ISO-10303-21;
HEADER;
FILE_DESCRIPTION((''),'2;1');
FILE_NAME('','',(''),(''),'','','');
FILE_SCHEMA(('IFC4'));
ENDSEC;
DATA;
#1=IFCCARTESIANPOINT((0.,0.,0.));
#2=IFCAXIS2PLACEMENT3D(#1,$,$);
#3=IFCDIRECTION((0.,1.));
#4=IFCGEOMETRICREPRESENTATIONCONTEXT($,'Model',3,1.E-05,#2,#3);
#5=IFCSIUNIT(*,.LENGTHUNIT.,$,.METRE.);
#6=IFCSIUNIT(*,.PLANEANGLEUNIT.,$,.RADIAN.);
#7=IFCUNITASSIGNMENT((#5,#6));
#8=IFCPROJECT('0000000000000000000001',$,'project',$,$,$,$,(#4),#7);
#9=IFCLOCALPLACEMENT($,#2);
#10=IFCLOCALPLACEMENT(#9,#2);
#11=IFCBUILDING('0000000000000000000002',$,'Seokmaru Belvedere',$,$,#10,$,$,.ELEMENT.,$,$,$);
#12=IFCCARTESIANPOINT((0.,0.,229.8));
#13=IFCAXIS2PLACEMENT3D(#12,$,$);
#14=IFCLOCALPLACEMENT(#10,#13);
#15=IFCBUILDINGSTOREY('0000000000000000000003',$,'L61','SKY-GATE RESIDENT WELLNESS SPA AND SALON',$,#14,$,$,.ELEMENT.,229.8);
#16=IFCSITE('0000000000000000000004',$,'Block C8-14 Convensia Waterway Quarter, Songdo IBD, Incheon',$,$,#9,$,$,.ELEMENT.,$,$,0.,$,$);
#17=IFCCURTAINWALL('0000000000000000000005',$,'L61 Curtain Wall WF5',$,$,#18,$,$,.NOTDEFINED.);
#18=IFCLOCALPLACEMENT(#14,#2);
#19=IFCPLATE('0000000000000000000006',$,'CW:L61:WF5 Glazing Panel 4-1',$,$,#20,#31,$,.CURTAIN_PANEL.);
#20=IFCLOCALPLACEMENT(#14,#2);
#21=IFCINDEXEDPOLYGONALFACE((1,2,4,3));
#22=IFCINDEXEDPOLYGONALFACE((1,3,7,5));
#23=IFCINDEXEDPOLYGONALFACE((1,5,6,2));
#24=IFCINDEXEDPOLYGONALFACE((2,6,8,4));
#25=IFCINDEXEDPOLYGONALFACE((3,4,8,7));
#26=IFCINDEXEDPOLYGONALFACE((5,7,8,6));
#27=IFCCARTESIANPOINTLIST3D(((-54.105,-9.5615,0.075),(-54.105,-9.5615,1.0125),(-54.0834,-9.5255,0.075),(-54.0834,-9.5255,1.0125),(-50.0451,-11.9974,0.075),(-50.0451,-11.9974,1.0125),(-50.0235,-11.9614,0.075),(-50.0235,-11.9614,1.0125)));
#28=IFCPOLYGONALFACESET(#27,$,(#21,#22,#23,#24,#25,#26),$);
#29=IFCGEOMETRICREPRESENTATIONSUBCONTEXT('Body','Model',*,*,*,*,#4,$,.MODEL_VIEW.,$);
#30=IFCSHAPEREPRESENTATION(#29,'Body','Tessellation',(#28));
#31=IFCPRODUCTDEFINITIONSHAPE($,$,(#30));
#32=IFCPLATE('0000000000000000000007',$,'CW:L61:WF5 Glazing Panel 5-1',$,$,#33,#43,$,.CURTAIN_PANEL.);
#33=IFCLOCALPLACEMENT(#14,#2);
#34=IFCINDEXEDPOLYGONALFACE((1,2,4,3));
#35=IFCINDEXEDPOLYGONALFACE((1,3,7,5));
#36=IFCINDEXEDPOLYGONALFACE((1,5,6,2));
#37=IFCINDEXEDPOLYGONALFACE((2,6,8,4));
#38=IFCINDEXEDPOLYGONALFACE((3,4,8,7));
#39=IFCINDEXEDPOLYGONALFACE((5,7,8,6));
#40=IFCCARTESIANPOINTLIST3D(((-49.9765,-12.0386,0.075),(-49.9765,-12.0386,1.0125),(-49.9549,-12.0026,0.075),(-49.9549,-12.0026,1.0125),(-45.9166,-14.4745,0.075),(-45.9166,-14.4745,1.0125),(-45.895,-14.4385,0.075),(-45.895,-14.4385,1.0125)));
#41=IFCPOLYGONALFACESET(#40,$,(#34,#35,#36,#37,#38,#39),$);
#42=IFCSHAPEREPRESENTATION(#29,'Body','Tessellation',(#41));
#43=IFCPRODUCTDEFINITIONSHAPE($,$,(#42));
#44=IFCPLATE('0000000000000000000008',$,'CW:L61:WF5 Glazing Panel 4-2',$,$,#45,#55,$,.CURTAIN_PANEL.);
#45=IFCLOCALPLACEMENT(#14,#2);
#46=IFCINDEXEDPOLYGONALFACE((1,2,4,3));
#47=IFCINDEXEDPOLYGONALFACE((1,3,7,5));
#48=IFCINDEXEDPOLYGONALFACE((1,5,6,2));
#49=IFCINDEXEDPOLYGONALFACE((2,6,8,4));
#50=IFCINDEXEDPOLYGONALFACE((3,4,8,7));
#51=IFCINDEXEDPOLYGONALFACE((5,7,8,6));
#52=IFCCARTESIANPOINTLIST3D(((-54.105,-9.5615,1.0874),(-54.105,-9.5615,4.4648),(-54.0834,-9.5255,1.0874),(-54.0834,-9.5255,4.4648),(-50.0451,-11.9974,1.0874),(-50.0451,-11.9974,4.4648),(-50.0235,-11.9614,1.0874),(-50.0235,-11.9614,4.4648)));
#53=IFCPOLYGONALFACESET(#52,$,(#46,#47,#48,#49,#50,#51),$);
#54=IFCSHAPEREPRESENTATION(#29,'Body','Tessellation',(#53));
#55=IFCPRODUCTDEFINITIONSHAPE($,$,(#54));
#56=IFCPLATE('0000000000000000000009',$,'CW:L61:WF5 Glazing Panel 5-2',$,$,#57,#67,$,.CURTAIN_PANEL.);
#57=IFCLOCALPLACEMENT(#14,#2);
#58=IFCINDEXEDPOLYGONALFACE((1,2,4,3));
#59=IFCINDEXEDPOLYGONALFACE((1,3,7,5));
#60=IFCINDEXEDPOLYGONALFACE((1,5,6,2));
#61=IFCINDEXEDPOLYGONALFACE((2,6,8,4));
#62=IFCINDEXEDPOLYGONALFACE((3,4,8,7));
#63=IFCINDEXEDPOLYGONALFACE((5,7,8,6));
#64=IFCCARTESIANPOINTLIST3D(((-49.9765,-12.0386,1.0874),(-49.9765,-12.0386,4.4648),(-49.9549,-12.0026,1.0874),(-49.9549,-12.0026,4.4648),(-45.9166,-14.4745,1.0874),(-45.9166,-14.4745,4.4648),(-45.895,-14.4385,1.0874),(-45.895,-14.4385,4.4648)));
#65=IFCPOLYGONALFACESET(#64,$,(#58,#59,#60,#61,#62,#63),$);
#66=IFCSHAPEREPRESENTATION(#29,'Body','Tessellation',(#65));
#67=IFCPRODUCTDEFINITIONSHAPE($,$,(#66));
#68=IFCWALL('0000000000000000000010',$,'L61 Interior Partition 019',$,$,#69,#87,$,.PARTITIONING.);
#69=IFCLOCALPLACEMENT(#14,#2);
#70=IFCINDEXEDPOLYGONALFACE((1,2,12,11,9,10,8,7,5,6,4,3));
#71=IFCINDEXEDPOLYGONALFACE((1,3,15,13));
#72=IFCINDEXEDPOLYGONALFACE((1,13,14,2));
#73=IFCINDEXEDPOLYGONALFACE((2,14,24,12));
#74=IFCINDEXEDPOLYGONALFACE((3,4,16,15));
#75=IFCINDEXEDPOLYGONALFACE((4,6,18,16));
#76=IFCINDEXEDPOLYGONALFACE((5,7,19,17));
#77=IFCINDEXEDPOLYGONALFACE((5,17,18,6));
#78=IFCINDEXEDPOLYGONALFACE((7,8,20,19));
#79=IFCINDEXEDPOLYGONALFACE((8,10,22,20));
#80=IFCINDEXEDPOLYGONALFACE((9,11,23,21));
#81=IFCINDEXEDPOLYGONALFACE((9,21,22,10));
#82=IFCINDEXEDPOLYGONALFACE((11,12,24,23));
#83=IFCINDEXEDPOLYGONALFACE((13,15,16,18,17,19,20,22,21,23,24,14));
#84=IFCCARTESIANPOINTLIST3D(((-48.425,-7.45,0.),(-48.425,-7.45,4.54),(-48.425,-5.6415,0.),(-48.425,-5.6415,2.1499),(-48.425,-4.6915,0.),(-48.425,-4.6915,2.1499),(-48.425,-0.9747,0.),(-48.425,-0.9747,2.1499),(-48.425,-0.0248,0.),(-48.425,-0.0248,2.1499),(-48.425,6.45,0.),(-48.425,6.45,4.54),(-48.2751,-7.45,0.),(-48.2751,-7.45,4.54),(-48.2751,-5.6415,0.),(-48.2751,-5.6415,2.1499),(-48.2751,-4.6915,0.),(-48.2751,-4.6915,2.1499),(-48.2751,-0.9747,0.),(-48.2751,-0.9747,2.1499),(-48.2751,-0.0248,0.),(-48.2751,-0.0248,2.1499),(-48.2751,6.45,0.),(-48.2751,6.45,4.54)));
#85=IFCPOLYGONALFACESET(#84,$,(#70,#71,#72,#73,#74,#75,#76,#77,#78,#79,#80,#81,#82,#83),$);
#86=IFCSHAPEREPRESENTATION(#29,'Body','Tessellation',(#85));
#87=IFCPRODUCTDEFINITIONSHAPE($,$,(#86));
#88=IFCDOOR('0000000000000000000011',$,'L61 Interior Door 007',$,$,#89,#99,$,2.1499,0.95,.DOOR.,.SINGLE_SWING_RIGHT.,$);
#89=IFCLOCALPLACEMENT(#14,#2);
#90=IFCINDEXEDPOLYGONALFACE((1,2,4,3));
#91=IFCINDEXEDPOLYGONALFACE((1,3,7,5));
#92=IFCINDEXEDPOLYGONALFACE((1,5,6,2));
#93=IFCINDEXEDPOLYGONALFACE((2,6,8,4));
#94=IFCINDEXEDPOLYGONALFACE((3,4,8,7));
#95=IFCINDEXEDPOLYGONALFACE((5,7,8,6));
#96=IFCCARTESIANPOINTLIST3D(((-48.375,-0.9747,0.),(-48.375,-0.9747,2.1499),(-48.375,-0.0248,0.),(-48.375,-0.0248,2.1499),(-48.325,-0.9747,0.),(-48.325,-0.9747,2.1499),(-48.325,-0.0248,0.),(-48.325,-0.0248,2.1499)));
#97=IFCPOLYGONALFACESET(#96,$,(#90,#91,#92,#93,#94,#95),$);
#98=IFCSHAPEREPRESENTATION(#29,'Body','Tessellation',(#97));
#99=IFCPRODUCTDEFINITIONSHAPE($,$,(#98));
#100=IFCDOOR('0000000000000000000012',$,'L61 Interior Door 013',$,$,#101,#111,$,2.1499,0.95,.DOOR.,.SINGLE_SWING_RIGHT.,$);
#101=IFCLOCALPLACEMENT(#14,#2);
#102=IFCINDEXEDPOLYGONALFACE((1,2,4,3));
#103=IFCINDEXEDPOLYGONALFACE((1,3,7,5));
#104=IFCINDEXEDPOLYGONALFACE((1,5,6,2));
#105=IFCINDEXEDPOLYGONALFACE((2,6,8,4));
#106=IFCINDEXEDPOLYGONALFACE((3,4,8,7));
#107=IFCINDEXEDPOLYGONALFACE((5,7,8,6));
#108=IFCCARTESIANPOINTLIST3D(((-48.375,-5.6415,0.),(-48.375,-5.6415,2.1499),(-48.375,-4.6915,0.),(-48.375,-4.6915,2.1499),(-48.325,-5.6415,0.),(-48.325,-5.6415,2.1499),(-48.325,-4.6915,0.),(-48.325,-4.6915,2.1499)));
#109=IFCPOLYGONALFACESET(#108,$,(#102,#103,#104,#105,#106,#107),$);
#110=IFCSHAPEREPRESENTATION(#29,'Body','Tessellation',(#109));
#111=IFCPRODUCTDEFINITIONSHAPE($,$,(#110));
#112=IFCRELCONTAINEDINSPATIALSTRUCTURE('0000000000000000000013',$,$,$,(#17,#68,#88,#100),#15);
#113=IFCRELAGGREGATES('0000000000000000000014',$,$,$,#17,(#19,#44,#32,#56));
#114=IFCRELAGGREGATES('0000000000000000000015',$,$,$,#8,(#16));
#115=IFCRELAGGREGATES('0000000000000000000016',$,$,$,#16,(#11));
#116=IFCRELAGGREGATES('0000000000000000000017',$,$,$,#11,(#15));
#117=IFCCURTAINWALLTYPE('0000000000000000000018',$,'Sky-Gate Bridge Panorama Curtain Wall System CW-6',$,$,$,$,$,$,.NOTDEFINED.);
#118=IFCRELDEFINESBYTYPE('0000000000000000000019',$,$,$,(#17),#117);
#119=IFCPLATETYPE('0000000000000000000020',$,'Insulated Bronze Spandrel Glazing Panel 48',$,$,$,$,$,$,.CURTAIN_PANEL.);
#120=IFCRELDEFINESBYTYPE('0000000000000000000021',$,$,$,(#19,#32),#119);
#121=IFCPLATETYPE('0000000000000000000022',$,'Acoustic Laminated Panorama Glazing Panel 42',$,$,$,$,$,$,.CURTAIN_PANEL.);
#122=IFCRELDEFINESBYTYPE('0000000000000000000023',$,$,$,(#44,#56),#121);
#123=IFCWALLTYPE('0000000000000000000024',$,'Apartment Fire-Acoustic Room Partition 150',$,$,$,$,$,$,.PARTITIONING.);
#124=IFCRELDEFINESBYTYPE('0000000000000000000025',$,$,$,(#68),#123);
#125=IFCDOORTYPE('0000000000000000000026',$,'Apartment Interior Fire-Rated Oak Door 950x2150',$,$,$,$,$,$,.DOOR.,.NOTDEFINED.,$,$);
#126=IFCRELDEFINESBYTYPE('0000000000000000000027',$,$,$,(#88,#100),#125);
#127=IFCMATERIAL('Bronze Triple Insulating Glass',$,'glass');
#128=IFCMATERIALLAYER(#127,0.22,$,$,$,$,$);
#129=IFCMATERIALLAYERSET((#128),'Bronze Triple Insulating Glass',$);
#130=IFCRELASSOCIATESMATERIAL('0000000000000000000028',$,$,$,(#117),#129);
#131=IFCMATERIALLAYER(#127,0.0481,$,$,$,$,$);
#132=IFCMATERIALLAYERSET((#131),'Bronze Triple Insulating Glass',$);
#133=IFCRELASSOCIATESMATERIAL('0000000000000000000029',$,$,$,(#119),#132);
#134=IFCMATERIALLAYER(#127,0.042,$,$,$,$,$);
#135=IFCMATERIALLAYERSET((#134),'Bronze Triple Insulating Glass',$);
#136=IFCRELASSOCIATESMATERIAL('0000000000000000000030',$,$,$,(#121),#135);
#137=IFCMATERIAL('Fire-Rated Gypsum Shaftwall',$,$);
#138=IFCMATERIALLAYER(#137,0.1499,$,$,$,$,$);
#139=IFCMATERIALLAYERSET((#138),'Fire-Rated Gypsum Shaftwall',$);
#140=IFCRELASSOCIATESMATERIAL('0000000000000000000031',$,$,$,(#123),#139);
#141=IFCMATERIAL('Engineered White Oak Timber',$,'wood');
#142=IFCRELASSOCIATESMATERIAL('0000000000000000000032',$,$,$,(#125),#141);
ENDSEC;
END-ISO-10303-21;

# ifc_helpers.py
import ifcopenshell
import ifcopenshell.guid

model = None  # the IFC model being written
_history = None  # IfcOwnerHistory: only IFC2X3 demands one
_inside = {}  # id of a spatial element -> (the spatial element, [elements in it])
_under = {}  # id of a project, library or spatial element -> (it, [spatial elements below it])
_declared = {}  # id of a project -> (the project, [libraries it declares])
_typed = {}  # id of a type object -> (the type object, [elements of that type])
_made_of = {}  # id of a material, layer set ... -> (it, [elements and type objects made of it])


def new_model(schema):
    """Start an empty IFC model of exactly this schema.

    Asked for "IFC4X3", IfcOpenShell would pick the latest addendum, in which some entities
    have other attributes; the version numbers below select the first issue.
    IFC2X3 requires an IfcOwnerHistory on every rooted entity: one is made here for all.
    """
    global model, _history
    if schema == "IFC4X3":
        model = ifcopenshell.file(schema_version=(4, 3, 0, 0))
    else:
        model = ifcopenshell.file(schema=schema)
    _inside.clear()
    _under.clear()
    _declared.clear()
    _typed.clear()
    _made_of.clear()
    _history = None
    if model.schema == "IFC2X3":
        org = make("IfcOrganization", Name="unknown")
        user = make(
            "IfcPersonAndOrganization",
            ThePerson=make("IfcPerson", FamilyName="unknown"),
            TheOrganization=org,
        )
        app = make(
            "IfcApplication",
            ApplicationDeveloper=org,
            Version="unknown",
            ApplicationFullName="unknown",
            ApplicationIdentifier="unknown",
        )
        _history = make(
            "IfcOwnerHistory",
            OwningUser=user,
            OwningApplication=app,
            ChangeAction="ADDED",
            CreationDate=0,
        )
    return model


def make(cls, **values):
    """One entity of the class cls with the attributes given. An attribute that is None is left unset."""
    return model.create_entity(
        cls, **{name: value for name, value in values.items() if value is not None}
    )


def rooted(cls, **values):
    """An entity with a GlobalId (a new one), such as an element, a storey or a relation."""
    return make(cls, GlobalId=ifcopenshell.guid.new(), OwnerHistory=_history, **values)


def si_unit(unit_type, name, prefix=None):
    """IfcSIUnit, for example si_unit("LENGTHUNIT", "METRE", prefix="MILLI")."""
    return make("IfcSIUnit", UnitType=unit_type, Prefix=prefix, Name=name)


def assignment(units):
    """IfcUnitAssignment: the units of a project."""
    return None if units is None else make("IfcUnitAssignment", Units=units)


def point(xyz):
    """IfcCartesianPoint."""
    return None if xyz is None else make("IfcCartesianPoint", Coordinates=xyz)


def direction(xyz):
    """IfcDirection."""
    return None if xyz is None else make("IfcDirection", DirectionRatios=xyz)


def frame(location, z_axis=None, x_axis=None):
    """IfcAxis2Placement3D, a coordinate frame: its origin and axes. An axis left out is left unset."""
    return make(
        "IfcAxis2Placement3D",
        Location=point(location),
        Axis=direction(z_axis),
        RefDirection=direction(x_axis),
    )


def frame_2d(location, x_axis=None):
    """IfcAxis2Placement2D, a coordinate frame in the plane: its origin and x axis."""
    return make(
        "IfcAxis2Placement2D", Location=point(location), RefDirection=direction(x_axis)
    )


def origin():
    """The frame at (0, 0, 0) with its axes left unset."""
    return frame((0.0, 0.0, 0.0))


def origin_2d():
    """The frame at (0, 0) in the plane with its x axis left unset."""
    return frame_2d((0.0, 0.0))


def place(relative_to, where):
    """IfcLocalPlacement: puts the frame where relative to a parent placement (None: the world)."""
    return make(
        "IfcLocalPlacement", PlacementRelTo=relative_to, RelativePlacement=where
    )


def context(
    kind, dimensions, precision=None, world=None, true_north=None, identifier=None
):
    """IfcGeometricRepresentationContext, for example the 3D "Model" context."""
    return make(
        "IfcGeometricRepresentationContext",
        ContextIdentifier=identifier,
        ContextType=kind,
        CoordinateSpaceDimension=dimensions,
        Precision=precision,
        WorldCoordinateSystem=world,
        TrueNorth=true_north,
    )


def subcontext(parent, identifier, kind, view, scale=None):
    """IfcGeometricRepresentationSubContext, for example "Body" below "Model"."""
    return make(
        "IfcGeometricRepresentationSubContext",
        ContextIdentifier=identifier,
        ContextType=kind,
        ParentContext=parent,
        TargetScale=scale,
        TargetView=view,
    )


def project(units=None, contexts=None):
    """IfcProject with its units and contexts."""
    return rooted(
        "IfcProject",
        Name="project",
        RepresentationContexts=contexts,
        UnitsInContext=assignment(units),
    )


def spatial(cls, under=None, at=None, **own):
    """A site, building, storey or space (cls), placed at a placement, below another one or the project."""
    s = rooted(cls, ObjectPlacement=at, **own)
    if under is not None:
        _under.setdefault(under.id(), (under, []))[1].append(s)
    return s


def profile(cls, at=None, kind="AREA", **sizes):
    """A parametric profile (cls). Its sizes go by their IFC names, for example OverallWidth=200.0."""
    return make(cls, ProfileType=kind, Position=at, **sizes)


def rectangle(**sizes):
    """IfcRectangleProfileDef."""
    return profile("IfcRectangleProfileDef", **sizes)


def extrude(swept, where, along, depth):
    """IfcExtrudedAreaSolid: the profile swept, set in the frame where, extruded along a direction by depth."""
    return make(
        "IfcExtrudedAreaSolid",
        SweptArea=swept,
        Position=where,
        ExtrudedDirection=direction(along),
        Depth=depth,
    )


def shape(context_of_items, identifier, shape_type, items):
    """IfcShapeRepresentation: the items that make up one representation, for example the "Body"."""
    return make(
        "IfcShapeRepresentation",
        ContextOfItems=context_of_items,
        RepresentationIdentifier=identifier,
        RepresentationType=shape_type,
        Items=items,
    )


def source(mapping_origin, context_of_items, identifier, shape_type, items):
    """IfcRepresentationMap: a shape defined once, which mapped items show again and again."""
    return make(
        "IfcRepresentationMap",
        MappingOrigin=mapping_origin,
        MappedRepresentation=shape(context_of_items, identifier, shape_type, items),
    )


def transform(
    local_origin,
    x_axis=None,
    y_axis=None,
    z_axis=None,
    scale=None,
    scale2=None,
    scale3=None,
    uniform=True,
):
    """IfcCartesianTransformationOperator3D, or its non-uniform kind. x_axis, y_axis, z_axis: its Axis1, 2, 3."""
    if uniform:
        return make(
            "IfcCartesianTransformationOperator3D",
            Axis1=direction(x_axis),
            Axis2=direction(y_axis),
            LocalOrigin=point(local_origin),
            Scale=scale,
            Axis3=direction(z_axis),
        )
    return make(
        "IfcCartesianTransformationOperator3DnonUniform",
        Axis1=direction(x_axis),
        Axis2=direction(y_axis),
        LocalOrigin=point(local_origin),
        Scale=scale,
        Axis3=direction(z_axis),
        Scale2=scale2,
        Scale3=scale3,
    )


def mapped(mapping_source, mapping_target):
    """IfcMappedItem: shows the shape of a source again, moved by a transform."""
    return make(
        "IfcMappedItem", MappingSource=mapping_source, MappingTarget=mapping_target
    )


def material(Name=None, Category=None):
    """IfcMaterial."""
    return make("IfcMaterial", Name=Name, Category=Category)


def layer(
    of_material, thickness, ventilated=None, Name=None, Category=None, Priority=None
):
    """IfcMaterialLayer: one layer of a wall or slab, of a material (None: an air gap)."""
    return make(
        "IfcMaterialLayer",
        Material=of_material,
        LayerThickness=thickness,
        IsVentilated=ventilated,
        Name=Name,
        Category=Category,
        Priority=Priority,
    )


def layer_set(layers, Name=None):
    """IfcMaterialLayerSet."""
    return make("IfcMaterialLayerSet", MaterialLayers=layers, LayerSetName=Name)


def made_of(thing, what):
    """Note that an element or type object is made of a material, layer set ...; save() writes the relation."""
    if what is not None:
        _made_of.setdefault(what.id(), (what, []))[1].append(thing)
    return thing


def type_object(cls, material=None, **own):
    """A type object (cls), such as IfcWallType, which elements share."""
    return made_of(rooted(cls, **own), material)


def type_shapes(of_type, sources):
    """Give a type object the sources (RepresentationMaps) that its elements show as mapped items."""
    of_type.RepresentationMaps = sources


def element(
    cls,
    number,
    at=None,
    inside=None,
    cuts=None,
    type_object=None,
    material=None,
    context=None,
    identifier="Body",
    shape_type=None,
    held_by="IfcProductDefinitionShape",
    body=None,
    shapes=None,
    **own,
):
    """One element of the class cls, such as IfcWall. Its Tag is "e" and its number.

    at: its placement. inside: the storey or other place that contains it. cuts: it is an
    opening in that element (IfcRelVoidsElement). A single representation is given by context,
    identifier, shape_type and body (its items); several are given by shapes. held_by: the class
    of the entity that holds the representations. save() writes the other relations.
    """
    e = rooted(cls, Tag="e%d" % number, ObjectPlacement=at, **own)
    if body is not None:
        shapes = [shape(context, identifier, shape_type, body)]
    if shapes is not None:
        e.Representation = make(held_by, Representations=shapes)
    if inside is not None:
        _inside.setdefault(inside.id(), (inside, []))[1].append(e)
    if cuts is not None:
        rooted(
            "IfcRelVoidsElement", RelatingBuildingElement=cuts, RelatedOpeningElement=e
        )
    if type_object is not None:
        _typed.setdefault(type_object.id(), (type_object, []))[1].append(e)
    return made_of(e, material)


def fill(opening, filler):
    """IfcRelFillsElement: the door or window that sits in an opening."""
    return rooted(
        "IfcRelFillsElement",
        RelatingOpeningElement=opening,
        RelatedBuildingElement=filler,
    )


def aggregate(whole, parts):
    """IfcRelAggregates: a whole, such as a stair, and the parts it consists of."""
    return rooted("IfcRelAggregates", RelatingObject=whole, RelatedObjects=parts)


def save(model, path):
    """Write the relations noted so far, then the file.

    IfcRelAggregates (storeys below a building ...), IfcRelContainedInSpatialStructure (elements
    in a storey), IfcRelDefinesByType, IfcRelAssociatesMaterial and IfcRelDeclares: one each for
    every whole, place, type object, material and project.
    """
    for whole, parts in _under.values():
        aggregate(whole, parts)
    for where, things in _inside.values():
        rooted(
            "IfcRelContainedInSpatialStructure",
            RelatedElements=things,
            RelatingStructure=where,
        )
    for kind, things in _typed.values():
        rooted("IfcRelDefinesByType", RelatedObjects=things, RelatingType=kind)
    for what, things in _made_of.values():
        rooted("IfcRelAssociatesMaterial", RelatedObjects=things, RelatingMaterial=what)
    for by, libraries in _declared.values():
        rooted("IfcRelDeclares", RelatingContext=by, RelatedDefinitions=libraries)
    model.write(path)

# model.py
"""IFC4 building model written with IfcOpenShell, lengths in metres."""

from ifc_helpers import new_model, si_unit, direction, frame, frame_2d, origin, origin_2d, place, context, subcontext, project, spatial, rectangle, extrude, source, transform, mapped, material, layer, layer_set, type_object, type_shapes, element, fill, aggregate, save


model = new_model("IFC4")

# Units and contexts
model_context = context("Model", 3, precision=1e-05, world=origin(), true_north=direction((0.0, 1.0)))
body_context = subcontext(model_context, "Body", "Model", "MODEL_VIEW")
ifc_project = project(units=[si_unit("LENGTHUNIT", "METRE"), si_unit("PLANEANGLEUNIT", "RADIAN")], contexts=[model_context])

# Site, building, storey
site_placement = place(None, origin())
site = spatial("IfcSite", under=ifc_project, at=site_placement, Name="Block C8-14 Convensia Waterway Quarter, Songdo IBD, Incheon", CompositionType="ELEMENT", RefElevation=0.0)
building_placement = place(site_placement, origin())
building = spatial("IfcBuilding", under=site, at=building_placement, Name="Seokmaru Belvedere", CompositionType="ELEMENT")
storey_placement = place(building_placement, frame((0.0, 0.0, 229.8)))
storey = spatial("IfcBuildingStorey", under=building, at=storey_placement, Name="L61", Description="SKY-GATE RESIDENT WELLNESS SPA AND SALON", CompositionType="ELEMENT", Elevation=229.8)

# Curtain wall, plates
ifc_material_1 = material(Name="Bronze Triple Insulating Glass", Category="glass")
ifc_layer_1 = layer(ifc_material_1, 0.22)
ifc_layer_set_1 = layer_set([ifc_layer_1], Name="Bronze Triple Insulating Glass")
curtain_wall_type = type_object("IfcCurtainWallType", Name="Sky-Gate Bridge Panorama Curtain Wall System CW-6", PredefinedType="NOTDEFINED", material=ifc_layer_set_1)
curtain_wall_placement = place(storey_placement, origin())
curtain_wall = element("IfcCurtainWall", 1, at=curtain_wall_placement, inside=storey, type_object=curtain_wall_type, Name="L61 Curtain Wall WF5", PredefinedType="NOTDEFINED")
ifc_layer_2 = layer(ifc_material_1, 0.0481)
ifc_layer_set_2 = layer_set([ifc_layer_2], Name="Bronze Triple Insulating Glass")
plate_type_1 = type_object("IfcPlateType", Name="Insulated Bronze Spandrel Glazing Panel 48", PredefinedType="CURTAIN_PANEL", material=ifc_layer_set_2)
shared_shape_1 = source(origin(), body_context, "Body", "SweptSolid", [
    extrude(rectangle(XDim=4.7346, YDim=0.042, at=origin_2d()), origin(), (0.0, 0.0, 1.0), 0.9375),
])
type_shapes(plate_type_1, [shared_shape_1])
plate_1_placement = place(storey_placement, frame((-52.0642, -10.7615, 0.075), z_axis=(0.0, 0.0, 1.0), x_axis=(0.857493, -0.514495, 0.0)))
plate_1 = element("IfcPlate", 2, at=plate_1_placement, type_object=plate_type_1, Name="CW:L61:WF5 Glazing Panel 4-1", PredefinedType="CURTAIN_PANEL", context=body_context, shape_type="MappedRepresentation", body=[
    mapped(shared_shape_1, transform((0.0, 0.0, 0.0), scale=1.0)),
])
plate_2_placement = place(storey_placement, frame((-47.9358, -13.2385, 0.075), z_axis=(0.0, 0.0, 1.0), x_axis=(0.857493, -0.514495, 0.0)))
plate_2 = element("IfcPlate", 3, at=plate_2_placement, type_object=plate_type_1, Name="CW:L61:WF5 Glazing Panel 5-1", PredefinedType="CURTAIN_PANEL", context=body_context, shape_type="MappedRepresentation", body=[
    mapped(shared_shape_1, transform((0.0, 0.0, 0.0), scale=1.0)),
])
ifc_layer_3 = layer(ifc_material_1, 0.042)
ifc_layer_set_3 = layer_set([ifc_layer_3], Name="Bronze Triple Insulating Glass")
plate_type_2 = type_object("IfcPlateType", Name="Acoustic Laminated Panorama Glazing Panel 42", PredefinedType="CURTAIN_PANEL", material=ifc_layer_set_3)
shared_shape_2 = source(origin(), body_context, "Body", "SweptSolid", [
    extrude(rectangle(XDim=4.7346, YDim=0.042, at=origin_2d()), origin(), (0.0, 0.0, 1.0), 3.3774),
])
type_shapes(plate_type_2, [shared_shape_2])
plate_3_placement = place(storey_placement, frame((-52.0642, -10.7615, 1.0874), z_axis=(0.0, 0.0, 1.0), x_axis=(0.857493, -0.514495, 0.0)))
plate_3 = element("IfcPlate", 4, at=plate_3_placement, type_object=plate_type_2, Name="CW:L61:WF5 Glazing Panel 4-2", PredefinedType="CURTAIN_PANEL", context=body_context, shape_type="MappedRepresentation", body=[
    mapped(shared_shape_2, transform((0.0, 0.0, 0.0), scale=1.0)),
])
plate_4_placement = place(storey_placement, frame((-47.9358, -13.2385, 1.0874), z_axis=(0.0, 0.0, 1.0), x_axis=(0.857493, -0.514495, 0.0)))
plate_4 = element("IfcPlate", 5, at=plate_4_placement, type_object=plate_type_2, Name="CW:L61:WF5 Glazing Panel 5-2", PredefinedType="CURTAIN_PANEL", context=body_context, shape_type="MappedRepresentation", body=[
    mapped(shared_shape_2, transform((0.0, 0.0, 0.0), scale=1.0)),
])
aggregate(curtain_wall, [plate_1, plate_3, plate_2, plate_4])

# Wall, openings, doors
ifc_material_2 = material(Name="Fire-Rated Gypsum Shaftwall")
ifc_layer_4 = layer(ifc_material_2, 0.1499)
ifc_layer_set_4 = layer_set([ifc_layer_4], Name="Fire-Rated Gypsum Shaftwall")
wall_type = type_object("IfcWallType", Name="Apartment Fire-Acoustic Room Partition 150", PredefinedType="PARTITIONING", material=ifc_layer_set_4)
wall_placement = place(storey_placement, frame((-48.3501, -7.45, 0.0), z_axis=(0.0, 0.0, 1.0), x_axis=(0.0, 1.0, 0.0)))
wall = element("IfcWall", 6, at=wall_placement, inside=storey, type_object=wall_type, Name="L61 Interior Partition 019", PredefinedType="PARTITIONING", context=body_context, shape_type="SweptSolid", body=[
    extrude(rectangle(XDim=13.8999, YDim=0.1499, at=frame_2d((6.95, 0.0))), origin(), (0.0, 0.0, 1.0), 4.54),
])
opening_1_placement = place(wall_placement, frame((6.4751, 0.0, 0.0)))
opening_1 = element("IfcOpeningElement", 7, at=opening_1_placement, cuts=wall, PredefinedType="OPENING", context=body_context, shape_type="SweptSolid", body=[
    extrude(rectangle(XDim=0.95, YDim=2.1499, at=frame_2d((0.4751, 1.075))), frame((0.0, 0.085, 0.0), z_axis=(0.0, -1.0, 0.0), x_axis=(1.0, 0.0, 0.0)), (0.0, 0.0, 1.0), 0.1699),
])
opening_2_placement = place(wall_placement, frame((1.8083, 0.0, 0.0)))
opening_2 = element("IfcOpeningElement", 8, at=opening_2_placement, cuts=wall, PredefinedType="OPENING", context=body_context, shape_type="SweptSolid", body=[
    extrude(rectangle(XDim=0.95, YDim=2.1499, at=frame_2d((0.4751, 1.075))), frame((0.0, 0.085, 0.0), z_axis=(0.0, -1.0, 0.0), x_axis=(1.0, 0.0, 0.0)), (0.0, 0.0, 1.0), 0.1699),
])
ifc_material_3 = material(Name="Engineered White Oak Timber", Category="wood")
door_type = type_object("IfcDoorType", Name="Apartment Interior Fire-Rated Oak Door 950x2150", OperationType="NOTDEFINED", PredefinedType="DOOR", material=ifc_material_3)
shared_shape_3 = source(origin(), body_context, "Body", "SweptSolid", [
    extrude(rectangle(XDim=0.95, YDim=2.1499, at=frame_2d((0.4751, 1.075))), frame((0.0, 0.0249, 0.0), z_axis=(0.0, -1.0, 0.0), x_axis=(1.0, 0.0, 0.0)), (0.0, 0.0, 1.0), 0.05),
])
type_shapes(door_type, [shared_shape_3])
door_1_placement = place(opening_1_placement, origin())
door_1 = element("IfcDoor", 9, at=door_1_placement, inside=storey, type_object=door_type, Name="L61 Interior Door 007", OperationType="SINGLE_SWING_RIGHT", OverallHeight=2.1499, OverallWidth=0.95, PredefinedType="DOOR", context=body_context, shape_type="MappedRepresentation", body=[
    mapped(shared_shape_3, transform((0.0, 0.0, 0.0), scale=1.0)),
])
fill(opening_1, door_1)
door_2_placement = place(opening_2_placement, origin())
door_2 = element("IfcDoor", 10, at=door_2_placement, inside=storey, type_object=door_type, Name="L61 Interior Door 013", OperationType="SINGLE_SWING_RIGHT", OverallHeight=2.1499, OverallWidth=0.95, PredefinedType="DOOR", context=body_context, shape_type="MappedRepresentation", body=[
    mapped(shared_shape_3, transform((0.0, 0.0, 0.0), scale=1.0)),
])
fill(opening_2, door_2)

save(model, "model.ifc")
